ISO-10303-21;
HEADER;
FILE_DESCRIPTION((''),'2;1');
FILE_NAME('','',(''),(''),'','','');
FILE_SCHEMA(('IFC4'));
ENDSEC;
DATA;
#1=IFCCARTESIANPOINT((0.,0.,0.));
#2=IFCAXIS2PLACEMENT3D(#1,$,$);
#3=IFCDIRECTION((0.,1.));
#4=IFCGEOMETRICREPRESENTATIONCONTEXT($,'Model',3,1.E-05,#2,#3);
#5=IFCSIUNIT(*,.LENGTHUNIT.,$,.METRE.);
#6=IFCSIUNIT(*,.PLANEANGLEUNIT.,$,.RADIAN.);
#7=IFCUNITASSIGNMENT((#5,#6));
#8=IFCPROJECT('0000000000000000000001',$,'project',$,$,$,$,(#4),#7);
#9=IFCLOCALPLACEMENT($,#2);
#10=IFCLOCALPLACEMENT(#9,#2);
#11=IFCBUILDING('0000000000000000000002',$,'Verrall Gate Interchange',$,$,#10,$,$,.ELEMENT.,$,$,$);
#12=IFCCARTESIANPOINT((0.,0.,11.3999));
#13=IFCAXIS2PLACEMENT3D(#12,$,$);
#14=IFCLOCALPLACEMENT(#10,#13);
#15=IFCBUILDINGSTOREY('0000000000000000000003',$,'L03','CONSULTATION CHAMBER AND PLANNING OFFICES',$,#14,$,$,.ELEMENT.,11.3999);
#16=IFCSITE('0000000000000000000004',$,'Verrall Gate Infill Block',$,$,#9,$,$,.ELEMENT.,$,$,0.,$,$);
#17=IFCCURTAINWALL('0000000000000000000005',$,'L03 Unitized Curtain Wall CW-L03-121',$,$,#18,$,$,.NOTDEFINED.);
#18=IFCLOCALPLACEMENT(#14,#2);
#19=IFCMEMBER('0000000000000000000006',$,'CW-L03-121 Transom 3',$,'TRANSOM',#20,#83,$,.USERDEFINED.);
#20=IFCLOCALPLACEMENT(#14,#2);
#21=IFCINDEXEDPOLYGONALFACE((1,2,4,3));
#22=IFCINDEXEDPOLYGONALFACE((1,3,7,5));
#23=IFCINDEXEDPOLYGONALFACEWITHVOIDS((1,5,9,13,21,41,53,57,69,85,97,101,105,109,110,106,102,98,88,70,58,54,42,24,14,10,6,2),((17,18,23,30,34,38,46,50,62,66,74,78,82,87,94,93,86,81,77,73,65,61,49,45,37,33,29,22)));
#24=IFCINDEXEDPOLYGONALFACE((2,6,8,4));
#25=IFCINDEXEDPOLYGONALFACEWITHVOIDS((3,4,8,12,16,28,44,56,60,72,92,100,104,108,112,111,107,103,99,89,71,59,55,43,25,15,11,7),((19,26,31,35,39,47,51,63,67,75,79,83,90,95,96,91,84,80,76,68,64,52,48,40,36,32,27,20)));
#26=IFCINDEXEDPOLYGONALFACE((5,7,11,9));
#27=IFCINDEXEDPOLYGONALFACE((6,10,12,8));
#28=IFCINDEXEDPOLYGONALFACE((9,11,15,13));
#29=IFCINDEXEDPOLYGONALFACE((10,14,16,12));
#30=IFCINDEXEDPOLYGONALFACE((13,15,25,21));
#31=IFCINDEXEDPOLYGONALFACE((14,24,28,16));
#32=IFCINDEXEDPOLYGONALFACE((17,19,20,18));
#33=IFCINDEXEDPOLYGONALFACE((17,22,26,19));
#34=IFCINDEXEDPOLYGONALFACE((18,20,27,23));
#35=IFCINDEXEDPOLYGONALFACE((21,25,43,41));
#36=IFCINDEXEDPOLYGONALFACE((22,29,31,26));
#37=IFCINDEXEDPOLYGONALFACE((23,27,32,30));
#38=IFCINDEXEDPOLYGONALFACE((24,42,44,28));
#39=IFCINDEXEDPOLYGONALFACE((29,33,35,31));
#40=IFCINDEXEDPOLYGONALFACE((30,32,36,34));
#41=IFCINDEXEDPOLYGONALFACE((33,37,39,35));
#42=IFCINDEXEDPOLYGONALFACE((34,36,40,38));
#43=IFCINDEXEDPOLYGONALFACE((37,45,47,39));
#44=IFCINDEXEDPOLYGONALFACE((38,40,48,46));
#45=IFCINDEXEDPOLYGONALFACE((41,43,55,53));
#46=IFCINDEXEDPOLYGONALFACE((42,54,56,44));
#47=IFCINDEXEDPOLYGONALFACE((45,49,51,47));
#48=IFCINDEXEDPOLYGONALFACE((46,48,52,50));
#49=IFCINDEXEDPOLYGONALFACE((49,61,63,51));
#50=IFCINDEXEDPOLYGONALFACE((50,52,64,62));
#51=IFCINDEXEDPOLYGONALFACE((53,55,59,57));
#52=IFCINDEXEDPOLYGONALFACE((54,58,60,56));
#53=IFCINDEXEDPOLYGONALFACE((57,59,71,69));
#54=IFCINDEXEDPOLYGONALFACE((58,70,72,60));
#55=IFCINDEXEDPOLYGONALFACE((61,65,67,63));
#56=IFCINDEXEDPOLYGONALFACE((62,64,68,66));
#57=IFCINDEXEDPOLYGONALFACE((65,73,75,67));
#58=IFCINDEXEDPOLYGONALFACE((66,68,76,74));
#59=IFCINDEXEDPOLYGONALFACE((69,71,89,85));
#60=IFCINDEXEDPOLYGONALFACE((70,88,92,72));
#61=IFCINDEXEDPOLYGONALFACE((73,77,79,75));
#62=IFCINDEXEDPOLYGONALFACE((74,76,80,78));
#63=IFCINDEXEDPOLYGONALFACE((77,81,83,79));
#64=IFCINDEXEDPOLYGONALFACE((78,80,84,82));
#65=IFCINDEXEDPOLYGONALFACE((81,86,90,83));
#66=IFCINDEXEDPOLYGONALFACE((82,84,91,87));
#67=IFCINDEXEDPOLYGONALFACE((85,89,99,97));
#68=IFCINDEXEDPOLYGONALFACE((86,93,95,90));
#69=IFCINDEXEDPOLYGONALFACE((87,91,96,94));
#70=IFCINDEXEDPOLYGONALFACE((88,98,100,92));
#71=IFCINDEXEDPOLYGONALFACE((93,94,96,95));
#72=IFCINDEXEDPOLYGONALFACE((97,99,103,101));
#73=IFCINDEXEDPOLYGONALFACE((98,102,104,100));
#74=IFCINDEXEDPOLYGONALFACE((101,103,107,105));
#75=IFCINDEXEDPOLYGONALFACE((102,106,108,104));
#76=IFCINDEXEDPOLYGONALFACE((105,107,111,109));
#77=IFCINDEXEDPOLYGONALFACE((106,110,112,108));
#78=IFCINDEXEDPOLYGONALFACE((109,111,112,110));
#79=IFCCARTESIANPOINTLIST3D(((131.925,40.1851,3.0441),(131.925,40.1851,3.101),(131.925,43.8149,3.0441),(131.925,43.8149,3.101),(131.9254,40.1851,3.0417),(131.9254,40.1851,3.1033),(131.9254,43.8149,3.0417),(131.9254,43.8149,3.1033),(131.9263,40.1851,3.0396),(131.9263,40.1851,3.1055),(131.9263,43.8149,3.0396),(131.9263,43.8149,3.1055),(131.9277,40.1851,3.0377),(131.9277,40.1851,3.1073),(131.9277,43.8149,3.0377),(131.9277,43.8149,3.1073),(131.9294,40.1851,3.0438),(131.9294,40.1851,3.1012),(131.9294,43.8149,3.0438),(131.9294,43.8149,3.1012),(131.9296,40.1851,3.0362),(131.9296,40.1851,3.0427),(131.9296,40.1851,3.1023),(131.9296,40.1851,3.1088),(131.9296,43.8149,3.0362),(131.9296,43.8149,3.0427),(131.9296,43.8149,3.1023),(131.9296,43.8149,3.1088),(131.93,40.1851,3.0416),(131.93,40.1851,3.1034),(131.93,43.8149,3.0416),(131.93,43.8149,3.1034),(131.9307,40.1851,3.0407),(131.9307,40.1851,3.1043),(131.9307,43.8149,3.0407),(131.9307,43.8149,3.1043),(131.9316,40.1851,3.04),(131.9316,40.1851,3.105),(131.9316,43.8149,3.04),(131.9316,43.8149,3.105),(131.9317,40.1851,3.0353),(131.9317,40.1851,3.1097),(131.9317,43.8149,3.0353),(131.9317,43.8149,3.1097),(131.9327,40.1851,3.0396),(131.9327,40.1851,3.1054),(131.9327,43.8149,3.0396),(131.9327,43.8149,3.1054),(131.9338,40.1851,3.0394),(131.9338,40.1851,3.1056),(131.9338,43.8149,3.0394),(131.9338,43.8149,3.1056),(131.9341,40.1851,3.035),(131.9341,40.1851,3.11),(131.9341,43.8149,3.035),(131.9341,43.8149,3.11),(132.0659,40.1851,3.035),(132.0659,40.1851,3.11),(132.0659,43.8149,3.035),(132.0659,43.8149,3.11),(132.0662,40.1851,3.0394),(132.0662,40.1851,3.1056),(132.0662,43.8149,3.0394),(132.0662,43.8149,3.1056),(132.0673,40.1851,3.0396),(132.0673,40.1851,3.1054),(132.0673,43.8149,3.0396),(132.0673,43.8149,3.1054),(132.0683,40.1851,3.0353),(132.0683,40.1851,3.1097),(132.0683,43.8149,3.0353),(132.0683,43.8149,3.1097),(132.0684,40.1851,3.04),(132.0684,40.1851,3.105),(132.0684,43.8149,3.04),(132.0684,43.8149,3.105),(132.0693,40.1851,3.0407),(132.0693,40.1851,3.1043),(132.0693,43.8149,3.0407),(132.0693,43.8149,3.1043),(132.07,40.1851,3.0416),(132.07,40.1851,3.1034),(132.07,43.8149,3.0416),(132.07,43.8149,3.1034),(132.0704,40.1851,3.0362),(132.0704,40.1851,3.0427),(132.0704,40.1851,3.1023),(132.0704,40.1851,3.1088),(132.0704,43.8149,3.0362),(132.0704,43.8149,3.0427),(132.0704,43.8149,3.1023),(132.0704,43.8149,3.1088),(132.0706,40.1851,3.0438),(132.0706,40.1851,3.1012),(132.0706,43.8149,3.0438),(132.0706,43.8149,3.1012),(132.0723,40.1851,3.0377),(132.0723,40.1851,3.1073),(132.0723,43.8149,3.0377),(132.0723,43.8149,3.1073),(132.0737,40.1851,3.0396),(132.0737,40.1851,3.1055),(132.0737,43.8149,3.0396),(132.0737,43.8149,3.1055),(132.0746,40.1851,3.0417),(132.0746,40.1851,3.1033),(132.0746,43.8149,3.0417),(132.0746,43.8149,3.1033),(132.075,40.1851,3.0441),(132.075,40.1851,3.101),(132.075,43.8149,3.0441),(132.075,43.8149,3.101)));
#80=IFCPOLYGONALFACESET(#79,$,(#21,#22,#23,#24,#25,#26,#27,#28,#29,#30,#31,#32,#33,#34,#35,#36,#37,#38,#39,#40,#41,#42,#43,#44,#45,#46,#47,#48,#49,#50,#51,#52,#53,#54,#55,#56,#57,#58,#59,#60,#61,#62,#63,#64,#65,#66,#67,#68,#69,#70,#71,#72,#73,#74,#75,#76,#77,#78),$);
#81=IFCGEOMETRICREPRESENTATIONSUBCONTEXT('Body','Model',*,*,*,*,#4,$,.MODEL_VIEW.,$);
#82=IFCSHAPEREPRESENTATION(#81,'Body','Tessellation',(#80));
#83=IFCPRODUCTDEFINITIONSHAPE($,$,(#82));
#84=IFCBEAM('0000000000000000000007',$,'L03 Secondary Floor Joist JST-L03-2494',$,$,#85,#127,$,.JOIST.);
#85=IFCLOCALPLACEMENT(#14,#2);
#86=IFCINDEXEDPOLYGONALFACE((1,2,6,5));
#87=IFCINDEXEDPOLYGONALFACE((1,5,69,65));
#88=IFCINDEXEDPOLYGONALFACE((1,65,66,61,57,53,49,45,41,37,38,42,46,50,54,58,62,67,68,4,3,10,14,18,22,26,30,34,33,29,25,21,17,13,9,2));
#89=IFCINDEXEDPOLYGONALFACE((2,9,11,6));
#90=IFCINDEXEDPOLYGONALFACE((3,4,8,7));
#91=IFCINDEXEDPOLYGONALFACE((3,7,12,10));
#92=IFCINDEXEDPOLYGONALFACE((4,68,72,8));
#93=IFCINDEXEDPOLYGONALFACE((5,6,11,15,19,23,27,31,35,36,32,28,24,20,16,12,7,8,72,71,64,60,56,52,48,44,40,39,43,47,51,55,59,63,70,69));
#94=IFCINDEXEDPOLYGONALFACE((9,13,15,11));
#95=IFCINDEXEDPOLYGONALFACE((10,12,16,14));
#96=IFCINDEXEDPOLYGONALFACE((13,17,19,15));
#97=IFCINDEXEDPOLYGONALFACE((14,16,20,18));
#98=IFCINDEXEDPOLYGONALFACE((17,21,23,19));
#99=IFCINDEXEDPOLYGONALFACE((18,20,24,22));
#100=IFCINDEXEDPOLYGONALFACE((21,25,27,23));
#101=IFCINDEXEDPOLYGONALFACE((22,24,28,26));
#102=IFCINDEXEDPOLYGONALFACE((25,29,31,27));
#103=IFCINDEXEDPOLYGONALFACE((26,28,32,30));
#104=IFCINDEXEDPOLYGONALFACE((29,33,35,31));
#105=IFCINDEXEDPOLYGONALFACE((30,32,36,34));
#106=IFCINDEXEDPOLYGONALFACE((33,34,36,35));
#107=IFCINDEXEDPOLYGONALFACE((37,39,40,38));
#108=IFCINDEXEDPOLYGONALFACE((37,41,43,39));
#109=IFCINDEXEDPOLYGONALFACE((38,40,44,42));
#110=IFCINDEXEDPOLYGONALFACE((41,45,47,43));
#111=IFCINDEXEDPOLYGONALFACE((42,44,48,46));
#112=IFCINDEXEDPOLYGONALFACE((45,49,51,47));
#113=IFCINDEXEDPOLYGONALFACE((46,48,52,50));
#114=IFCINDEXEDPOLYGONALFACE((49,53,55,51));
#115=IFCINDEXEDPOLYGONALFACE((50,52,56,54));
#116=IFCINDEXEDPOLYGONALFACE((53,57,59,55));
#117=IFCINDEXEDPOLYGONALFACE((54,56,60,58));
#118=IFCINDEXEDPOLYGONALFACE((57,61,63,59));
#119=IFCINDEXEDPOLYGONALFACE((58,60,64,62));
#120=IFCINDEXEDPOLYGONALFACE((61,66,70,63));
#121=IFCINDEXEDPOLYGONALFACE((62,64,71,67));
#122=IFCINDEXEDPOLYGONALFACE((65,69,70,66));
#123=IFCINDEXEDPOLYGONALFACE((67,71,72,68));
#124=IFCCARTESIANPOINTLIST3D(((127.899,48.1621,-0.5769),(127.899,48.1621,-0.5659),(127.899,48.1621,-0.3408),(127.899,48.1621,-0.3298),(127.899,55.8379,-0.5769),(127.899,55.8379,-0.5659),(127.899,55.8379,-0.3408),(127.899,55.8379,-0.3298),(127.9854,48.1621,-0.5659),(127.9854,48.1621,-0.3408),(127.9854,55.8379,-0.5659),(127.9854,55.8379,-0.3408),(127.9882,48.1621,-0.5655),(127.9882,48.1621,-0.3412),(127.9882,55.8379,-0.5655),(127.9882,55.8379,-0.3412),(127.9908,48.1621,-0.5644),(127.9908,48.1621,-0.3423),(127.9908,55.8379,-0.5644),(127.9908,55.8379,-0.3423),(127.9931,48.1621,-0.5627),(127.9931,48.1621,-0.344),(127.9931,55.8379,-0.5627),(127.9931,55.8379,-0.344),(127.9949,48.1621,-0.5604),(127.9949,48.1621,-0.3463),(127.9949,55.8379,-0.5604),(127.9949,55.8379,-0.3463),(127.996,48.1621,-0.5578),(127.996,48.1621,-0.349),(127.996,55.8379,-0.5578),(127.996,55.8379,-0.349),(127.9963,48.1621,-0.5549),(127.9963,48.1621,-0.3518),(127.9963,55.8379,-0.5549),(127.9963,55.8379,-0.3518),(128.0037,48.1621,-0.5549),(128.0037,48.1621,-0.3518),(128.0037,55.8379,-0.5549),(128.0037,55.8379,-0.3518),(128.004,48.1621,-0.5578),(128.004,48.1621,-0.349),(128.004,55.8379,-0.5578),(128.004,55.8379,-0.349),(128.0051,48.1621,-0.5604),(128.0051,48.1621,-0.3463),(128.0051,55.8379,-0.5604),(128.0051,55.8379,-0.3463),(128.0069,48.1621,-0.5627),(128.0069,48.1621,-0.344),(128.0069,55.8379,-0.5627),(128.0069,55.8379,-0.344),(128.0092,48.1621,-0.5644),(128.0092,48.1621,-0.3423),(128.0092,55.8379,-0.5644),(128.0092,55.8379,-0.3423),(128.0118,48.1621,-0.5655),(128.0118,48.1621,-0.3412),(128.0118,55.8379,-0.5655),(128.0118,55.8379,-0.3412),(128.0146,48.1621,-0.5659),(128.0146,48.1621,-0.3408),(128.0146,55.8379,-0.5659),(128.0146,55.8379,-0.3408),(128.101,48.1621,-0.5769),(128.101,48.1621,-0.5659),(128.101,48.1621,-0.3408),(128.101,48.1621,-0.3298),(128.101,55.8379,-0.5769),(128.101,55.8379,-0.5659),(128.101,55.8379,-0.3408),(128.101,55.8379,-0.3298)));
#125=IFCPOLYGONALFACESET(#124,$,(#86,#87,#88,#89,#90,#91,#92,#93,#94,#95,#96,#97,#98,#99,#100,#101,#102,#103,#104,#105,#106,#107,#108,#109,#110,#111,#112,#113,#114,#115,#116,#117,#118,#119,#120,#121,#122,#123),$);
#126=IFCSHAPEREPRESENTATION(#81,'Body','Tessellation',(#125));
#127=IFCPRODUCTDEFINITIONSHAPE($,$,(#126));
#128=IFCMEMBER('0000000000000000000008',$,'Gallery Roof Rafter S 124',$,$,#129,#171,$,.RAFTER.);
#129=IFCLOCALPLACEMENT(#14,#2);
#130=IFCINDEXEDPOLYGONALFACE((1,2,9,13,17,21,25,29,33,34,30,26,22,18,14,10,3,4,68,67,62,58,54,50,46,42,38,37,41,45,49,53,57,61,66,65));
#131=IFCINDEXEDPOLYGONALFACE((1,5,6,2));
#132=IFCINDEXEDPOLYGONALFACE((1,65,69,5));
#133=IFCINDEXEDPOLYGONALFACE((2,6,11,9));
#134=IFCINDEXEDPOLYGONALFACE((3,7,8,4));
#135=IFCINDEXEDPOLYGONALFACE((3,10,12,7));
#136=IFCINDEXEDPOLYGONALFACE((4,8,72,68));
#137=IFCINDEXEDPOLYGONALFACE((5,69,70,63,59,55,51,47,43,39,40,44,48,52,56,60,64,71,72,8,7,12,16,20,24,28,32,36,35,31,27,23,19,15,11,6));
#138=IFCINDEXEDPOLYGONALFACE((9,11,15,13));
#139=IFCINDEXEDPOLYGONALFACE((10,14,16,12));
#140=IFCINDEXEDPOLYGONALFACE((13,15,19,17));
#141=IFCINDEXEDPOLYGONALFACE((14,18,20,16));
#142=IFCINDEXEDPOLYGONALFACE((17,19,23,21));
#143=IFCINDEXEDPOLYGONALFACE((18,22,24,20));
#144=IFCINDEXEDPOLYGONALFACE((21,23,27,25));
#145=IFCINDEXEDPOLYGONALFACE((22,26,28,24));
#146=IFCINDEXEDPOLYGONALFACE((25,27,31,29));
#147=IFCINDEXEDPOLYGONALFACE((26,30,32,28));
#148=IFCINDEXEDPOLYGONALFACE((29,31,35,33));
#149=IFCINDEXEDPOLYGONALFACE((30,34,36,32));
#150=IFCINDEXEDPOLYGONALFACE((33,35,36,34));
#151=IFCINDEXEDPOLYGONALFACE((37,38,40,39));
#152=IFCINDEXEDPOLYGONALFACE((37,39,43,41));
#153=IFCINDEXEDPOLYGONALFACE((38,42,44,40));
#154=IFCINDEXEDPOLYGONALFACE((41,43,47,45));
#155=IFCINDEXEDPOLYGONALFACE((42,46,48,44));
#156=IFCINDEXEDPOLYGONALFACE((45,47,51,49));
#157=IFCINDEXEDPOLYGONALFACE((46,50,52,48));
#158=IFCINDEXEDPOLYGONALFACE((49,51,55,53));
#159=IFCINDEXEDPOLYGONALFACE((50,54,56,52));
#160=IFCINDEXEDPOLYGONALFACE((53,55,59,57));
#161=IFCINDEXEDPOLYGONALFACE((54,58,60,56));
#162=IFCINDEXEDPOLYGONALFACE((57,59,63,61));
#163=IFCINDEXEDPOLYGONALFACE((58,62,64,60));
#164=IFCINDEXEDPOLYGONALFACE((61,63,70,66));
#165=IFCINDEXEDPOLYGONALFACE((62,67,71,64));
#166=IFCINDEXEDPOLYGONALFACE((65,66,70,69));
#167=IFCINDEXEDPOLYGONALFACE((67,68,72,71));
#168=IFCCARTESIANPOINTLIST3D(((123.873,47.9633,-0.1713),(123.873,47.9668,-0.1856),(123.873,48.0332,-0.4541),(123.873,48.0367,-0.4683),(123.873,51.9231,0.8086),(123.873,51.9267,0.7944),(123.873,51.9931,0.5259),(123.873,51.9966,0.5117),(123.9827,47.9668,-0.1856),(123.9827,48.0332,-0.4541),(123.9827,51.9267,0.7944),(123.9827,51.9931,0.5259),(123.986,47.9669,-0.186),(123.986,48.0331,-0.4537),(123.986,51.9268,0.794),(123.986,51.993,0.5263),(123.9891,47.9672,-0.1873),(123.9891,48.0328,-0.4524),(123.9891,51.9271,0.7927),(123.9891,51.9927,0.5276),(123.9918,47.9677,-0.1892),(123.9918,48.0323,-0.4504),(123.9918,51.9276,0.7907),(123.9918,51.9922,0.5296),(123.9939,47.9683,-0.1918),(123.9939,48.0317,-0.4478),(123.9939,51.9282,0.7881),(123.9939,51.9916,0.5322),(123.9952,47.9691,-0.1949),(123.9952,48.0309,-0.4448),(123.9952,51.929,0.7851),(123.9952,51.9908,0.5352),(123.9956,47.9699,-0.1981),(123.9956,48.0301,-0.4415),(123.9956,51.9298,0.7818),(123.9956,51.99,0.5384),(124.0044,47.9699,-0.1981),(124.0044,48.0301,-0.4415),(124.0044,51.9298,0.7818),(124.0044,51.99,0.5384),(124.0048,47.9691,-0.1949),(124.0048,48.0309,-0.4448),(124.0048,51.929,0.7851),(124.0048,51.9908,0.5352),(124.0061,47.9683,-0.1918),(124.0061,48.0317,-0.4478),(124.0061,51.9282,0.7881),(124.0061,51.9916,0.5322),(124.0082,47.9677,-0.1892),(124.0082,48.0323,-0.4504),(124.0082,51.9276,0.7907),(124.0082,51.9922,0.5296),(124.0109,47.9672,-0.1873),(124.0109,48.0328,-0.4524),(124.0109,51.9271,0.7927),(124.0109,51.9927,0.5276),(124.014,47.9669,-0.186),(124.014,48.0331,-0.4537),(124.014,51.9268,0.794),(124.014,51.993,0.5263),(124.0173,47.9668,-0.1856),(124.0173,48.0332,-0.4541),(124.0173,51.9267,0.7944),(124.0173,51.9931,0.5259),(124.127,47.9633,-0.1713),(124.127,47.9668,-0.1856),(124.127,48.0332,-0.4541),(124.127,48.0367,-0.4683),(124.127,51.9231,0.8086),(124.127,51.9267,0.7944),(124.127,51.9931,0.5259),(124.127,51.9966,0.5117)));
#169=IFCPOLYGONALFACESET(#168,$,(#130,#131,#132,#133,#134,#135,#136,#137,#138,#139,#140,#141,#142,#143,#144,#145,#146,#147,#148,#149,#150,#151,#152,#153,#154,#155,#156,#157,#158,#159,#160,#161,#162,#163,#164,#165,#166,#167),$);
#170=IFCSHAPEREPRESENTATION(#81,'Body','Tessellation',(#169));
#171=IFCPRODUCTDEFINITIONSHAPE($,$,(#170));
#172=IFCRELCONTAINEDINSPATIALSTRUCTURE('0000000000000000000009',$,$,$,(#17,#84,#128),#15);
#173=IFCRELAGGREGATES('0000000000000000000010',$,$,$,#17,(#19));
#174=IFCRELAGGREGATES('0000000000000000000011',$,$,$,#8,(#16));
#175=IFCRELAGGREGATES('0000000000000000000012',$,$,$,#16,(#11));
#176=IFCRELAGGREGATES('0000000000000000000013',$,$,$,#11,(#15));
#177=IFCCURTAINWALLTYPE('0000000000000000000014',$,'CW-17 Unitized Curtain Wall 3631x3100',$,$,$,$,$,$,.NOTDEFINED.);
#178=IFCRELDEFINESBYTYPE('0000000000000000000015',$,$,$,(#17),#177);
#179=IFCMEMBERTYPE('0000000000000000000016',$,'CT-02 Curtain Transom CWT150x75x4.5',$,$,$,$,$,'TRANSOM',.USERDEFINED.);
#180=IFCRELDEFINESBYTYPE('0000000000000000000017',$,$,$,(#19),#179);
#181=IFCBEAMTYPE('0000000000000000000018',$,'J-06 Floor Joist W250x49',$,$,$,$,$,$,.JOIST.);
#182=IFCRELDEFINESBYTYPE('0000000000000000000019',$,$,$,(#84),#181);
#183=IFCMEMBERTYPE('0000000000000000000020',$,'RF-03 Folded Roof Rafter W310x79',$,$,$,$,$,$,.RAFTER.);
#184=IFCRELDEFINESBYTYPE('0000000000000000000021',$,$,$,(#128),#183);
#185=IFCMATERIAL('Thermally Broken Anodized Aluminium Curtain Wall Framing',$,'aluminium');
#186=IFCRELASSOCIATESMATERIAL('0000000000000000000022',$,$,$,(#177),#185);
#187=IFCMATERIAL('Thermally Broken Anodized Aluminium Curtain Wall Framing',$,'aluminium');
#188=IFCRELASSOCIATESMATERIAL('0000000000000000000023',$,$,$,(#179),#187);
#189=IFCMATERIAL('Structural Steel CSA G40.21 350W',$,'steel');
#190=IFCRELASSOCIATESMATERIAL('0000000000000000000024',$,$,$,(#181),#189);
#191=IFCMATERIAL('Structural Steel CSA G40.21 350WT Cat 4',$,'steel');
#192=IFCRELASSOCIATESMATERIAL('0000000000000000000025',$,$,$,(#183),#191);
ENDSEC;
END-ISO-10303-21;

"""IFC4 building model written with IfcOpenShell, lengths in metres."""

from ifc_helpers import new_model, si_unit, direction, frame, origin, origin_2d, place, context, subcontext, project, spatial, hollow_rectangle, i_section, extrude, material, material_profile, profile_set, type_object, element, aggregate, save


model = new_model("IFC4")

# Units and contexts
model_context = context("Model", 3, precision=1e-05, world=origin(), true_north=direction((0.0, 1.0)))
body_context = subcontext(model_context, "Body", "Model", "MODEL_VIEW")
ifc_project = project(units=[si_unit("LENGTHUNIT", "METRE"), si_unit("PLANEANGLEUNIT", "RADIAN")], contexts=[model_context])

# Site, building, storey
site_placement = place(None, origin())
site = spatial("IfcSite", under=ifc_project, at=site_placement, Name="Verrall Gate Infill Block", CompositionType="ELEMENT", RefElevation=0.0)
building_placement = place(site_placement, origin())
building = spatial("IfcBuilding", under=site, at=building_placement, Name="Verrall Gate Interchange", CompositionType="ELEMENT")
storey_placement = place(building_placement, frame((0.0, 0.0, 11.3999)))
storey = spatial("IfcBuildingStorey", under=building, at=storey_placement, Name="L03", Description="CONSULTATION CHAMBER AND PLANNING OFFICES", CompositionType="ELEMENT", Elevation=11.3999)

# Curtain wall
ifc_material_1 = material(Name="Thermally Broken Anodized Aluminium Curtain Wall Framing", Category="aluminium")
curtain_wall_type_1 = type_object("IfcCurtainWallType", Name="CW-17 Unitized Curtain Wall 3631x3100", PredefinedType="NOTDEFINED", material=ifc_material_1)
curtain_wall_1_placement = place(storey_placement, origin())
curtain_wall_1 = element("IfcCurtainWall", 1, at=curtain_wall_1_placement, inside=storey, type_object=curtain_wall_type_1, Name="L03 Unitized Curtain Wall CW-L03-121", PredefinedType="NOTDEFINED")

# Member
ifc_material_2 = material(Name="Thermally Broken Anodized Aluminium Curtain Wall Framing", Category="aluminium")
ifc_material_profile_1 = material_profile(ifc_material_2, hollow_rectangle(XDim=0.1499, YDim=0.075, WallThickness=0.0044, InnerFilletRadius=0.0044, OuterFilletRadius=0.009, at=origin_2d()), Name="CWT150x75x4.5")
ifc_profile_set_1 = profile_set([ifc_material_profile_1], Name="Thermally Broken Anodized Aluminium Curtain Wall Framing")
member_type_1 = type_object("IfcMemberType", Name="CT-02 Curtain Transom CWT150x75x4.5", ElementType="TRANSOM", PredefinedType="USERDEFINED", material=ifc_profile_set_1)
member_1_placement = place(storey_placement, frame((132.0, 43.8149, 3.0725), z_axis=(0.0, -1.0, 0.0), x_axis=(1.0, 0.0, 0.0)))
member_1 = element("IfcMember", 2, at=member_1_placement, type_object=member_type_1, Name="CW-L03-121 Transom 3", ObjectType="TRANSOM", PredefinedType="USERDEFINED", context=body_context, shape_type="SweptSolid", body=[
    extrude(hollow_rectangle(XDim=0.1499, YDim=0.075, WallThickness=0.0044, InnerFilletRadius=0.0044, OuterFilletRadius=0.009, at=origin_2d()), origin(), (0.0, 0.0, 1.0), 3.6299),
])

# Beam
ifc_material_3 = material(Name="Structural Steel CSA G40.21 350W", Category="steel")
ifc_material_profile_2 = material_profile(ifc_material_3, i_section(OverallWidth=0.2019, OverallDepth=0.2471, WebThickness=0.0073, FlangeThickness=0.011, FilletRadius=0.011, at=origin_2d()), Name="W250x49")
ifc_profile_set_2 = profile_set([ifc_material_profile_2], Name="Structural Steel CSA G40.21 350W")
beam_type_1 = type_object("IfcBeamType", Name="J-06 Floor Joist W250x49", PredefinedType="JOIST", material=ifc_profile_set_2)
beam_1_placement = place(storey_placement, frame((128.0, 48.1621, -0.4534), z_axis=(0.0, 1.0, 0.0), x_axis=(-1.0, 0.0, 0.0)))
element("IfcBeam", 3, at=beam_1_placement, inside=storey, type_object=beam_type_1, Name="L03 Secondary Floor Joist JST-L03-2494", PredefinedType="JOIST", context=body_context, shape_type="SweptSolid", body=[
    extrude(i_section(OverallWidth=0.2019, OverallDepth=0.2471, WebThickness=0.0073, FlangeThickness=0.011, FilletRadius=0.011, at=origin_2d()), origin(), (0.0, 0.0, 1.0), 7.6758),
])

# Member
ifc_material_4 = material(Name="Structural Steel CSA G40.21 350WT Cat 4", Category="steel")
ifc_material_profile_3 = material_profile(ifc_material_4, i_section(OverallWidth=0.2539, OverallDepth=0.3059, WebThickness=0.0088, FlangeThickness=0.0146, FilletRadius=0.0129, at=origin_2d()), Name="W310x79")
ifc_profile_set_3 = profile_set([ifc_material_profile_3], Name="Structural Steel CSA G40.21 350WT Cat 4")
member_type_2 = type_object("IfcMemberType", Name="RF-03 Folded Roof Rafter W310x79", PredefinedType="RAFTER", material=ifc_profile_set_3)
for number, where, z_axis, x_axis, name in (
    (4, (124.0, 48.0, -0.3198), (0.0, 0.970717, 0.240226), (-1.0, 0.0, 0.0), "Gallery Roof Rafter S 124"),
):
    element("IfcMember", number, at=place(storey_placement, frame(where, z_axis=z_axis, x_axis=x_axis)), inside=storey, type_object=member_type_2, Name=name, PredefinedType="RAFTER", context=body_context, shape_type="SweptSolid", body=[
        extrude(i_section(OverallWidth=0.2539, OverallDepth=0.3059, WebThickness=0.0088, FlangeThickness=0.0146, FilletRadius=0.0129, at=origin_2d()), origin(), (0.0, 0.0, 1.0), 4.0793),
    ])

aggregate(curtain_wall_1, [member_1])

save(model, "model.ifc")
